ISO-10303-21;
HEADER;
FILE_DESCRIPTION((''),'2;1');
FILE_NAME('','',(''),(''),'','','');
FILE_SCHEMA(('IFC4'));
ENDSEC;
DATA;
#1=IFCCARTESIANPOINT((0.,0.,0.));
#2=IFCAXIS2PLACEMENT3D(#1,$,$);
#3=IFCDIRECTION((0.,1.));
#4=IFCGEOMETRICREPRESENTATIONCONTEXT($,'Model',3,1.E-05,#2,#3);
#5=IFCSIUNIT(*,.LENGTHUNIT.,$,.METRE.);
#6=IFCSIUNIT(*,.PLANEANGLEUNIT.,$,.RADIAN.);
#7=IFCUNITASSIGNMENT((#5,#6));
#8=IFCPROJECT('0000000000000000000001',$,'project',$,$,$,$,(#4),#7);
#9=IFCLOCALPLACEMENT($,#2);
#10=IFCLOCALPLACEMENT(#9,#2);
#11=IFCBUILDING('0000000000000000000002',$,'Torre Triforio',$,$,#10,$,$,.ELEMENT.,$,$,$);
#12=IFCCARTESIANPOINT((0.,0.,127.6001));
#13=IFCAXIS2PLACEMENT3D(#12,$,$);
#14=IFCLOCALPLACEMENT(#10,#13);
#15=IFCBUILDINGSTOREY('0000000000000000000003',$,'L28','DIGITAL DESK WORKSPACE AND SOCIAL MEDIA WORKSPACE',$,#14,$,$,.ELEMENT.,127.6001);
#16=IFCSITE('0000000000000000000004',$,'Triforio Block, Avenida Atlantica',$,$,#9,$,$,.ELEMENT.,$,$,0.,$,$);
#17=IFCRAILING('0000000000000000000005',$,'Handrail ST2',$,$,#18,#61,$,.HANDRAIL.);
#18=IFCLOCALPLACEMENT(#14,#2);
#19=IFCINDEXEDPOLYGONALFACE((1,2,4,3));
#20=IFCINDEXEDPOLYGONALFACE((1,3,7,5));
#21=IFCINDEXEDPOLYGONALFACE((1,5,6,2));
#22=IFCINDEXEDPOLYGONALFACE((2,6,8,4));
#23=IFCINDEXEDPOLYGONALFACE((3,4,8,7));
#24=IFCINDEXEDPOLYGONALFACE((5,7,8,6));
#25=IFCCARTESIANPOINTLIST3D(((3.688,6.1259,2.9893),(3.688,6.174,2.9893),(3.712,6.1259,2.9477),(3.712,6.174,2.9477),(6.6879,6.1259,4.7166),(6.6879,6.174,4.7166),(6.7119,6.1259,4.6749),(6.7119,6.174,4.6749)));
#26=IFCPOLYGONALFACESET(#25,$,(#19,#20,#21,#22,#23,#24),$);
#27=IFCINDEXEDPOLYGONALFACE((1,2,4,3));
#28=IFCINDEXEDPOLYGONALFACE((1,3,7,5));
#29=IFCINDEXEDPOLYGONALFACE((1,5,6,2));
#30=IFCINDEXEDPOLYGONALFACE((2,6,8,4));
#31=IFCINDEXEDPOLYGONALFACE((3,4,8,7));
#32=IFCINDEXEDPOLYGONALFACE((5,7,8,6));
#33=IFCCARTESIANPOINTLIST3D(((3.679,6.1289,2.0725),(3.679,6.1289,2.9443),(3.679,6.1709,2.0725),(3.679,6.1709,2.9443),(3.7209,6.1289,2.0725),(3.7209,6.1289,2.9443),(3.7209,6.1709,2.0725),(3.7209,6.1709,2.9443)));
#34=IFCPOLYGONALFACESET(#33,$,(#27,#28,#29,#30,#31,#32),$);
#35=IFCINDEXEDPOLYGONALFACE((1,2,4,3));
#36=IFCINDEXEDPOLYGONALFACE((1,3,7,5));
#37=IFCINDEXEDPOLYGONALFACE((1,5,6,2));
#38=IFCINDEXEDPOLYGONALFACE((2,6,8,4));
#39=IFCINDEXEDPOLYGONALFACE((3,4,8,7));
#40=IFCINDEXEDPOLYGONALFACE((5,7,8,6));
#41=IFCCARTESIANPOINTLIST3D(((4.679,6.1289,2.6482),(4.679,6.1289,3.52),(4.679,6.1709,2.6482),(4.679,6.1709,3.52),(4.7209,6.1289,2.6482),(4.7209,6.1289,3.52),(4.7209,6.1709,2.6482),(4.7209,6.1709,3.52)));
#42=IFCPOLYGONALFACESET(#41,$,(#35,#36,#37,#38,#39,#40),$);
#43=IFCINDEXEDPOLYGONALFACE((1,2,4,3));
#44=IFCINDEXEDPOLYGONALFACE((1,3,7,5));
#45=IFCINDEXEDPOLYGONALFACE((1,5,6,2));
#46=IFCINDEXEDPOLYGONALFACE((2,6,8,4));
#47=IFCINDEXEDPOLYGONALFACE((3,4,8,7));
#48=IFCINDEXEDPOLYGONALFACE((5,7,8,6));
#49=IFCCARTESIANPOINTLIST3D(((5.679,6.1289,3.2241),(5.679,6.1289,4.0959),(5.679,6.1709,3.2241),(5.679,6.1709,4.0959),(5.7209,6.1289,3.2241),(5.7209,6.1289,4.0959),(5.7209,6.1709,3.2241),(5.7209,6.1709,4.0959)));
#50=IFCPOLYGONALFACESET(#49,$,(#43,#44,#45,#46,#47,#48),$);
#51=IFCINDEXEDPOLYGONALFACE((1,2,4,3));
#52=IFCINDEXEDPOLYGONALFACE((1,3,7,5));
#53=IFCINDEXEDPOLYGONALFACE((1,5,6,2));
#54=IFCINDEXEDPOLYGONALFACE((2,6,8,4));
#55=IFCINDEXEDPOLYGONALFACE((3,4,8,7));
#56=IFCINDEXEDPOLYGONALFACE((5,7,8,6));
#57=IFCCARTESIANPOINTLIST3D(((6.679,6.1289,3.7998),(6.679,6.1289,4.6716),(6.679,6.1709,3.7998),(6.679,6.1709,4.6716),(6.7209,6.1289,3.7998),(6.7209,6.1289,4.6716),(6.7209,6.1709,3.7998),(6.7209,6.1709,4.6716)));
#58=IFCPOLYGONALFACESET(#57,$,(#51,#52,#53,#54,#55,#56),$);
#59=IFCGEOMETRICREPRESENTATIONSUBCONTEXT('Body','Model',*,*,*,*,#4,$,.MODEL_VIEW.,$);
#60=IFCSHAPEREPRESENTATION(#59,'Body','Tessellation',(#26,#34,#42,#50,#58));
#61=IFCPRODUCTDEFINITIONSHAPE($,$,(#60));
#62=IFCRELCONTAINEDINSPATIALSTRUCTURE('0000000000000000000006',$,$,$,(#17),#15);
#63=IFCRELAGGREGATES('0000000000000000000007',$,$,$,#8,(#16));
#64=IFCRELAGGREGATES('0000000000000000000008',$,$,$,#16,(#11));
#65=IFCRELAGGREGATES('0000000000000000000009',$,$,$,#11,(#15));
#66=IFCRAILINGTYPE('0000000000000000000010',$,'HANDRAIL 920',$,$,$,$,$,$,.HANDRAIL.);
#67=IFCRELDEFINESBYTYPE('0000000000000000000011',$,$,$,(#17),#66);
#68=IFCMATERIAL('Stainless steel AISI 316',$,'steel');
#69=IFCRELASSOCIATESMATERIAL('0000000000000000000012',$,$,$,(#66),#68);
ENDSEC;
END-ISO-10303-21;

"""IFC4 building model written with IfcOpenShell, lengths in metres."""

from ifc_helpers import new_model, si_unit, direction, frame, origin, origin_2d, place, context, subcontext, project, spatial, rectangle, extrude, material, type_object, element, save


model = new_model("IFC4")

# Units and contexts
model_context = context("Model", 3, precision=1e-05, world=origin(), true_north=direction((0.0, 1.0)))
body_context = subcontext(model_context, "Body", "Model", "MODEL_VIEW")
ifc_project = project(units=[si_unit("LENGTHUNIT", "METRE"), si_unit("PLANEANGLEUNIT", "RADIAN")], contexts=[model_context])

# Site, building, storey
site_placement = place(None, origin())
site = spatial("IfcSite", under=ifc_project, at=site_placement, Name="Triforio Block, Avenida Atlantica", CompositionType="ELEMENT", RefElevation=0.0)
building_placement = place(site_placement, origin())
building = spatial("IfcBuilding", under=site, at=building_placement, Name="Torre Triforio", CompositionType="ELEMENT")
storey_placement = place(building_placement, frame((0.0, 0.0, 127.6001)))
storey = spatial("IfcBuildingStorey", under=building, at=storey_placement, Name="L28", Description="DIGITAL DESK WORKSPACE AND SOCIAL MEDIA WORKSPACE", CompositionType="ELEMENT", Elevation=127.6001)

# Railing
ifc_material_1 = material(Name="Stainless steel AISI 316", Category="steel")
railing_type = type_object("IfcRailingType", Name="HANDRAIL 920", PredefinedType="HANDRAIL", material=ifc_material_1)
for number, where, name in (
    (1, (3.7, 6.1499, 2.0725), "Handrail ST2"),
):
    element("IfcRailing", number, at=place(storey_placement, frame(where)), inside=storey, type_object=railing_type, Name=name, PredefinedType="HANDRAIL", context=body_context, shape_type="SweptSolid", body=[
        extrude(rectangle(XDim=0.0481, YDim=0.0481, at=origin_2d()), frame((0.0, 0.0, 0.896), z_axis=(0.86662, 0.0, 0.498969), x_axis=(0.0, 1.0, 0.0)), (0.0, 0.0, 1.0), 3.4617),
        extrude(rectangle(XDim=0.042, YDim=0.042, at=origin_2d()), origin(), (0.0, 0.0, 1.0), 0.8718),
        extrude(rectangle(XDim=0.042, YDim=0.042, at=origin_2d()), frame((1.0, 0.0, 0.5757)), (0.0, 0.0, 1.0), 0.8718),
        extrude(rectangle(XDim=0.042, YDim=0.042, at=origin_2d()), frame((2.0, 0.0, 1.1516)), (0.0, 0.0, 1.0), 0.8718),
        extrude(rectangle(XDim=0.042, YDim=0.042, at=origin_2d()), frame((3.0, 0.0, 1.7273)), (0.0, 0.0, 1.0), 0.8718),
    ])

save(model, "model.ifc")
